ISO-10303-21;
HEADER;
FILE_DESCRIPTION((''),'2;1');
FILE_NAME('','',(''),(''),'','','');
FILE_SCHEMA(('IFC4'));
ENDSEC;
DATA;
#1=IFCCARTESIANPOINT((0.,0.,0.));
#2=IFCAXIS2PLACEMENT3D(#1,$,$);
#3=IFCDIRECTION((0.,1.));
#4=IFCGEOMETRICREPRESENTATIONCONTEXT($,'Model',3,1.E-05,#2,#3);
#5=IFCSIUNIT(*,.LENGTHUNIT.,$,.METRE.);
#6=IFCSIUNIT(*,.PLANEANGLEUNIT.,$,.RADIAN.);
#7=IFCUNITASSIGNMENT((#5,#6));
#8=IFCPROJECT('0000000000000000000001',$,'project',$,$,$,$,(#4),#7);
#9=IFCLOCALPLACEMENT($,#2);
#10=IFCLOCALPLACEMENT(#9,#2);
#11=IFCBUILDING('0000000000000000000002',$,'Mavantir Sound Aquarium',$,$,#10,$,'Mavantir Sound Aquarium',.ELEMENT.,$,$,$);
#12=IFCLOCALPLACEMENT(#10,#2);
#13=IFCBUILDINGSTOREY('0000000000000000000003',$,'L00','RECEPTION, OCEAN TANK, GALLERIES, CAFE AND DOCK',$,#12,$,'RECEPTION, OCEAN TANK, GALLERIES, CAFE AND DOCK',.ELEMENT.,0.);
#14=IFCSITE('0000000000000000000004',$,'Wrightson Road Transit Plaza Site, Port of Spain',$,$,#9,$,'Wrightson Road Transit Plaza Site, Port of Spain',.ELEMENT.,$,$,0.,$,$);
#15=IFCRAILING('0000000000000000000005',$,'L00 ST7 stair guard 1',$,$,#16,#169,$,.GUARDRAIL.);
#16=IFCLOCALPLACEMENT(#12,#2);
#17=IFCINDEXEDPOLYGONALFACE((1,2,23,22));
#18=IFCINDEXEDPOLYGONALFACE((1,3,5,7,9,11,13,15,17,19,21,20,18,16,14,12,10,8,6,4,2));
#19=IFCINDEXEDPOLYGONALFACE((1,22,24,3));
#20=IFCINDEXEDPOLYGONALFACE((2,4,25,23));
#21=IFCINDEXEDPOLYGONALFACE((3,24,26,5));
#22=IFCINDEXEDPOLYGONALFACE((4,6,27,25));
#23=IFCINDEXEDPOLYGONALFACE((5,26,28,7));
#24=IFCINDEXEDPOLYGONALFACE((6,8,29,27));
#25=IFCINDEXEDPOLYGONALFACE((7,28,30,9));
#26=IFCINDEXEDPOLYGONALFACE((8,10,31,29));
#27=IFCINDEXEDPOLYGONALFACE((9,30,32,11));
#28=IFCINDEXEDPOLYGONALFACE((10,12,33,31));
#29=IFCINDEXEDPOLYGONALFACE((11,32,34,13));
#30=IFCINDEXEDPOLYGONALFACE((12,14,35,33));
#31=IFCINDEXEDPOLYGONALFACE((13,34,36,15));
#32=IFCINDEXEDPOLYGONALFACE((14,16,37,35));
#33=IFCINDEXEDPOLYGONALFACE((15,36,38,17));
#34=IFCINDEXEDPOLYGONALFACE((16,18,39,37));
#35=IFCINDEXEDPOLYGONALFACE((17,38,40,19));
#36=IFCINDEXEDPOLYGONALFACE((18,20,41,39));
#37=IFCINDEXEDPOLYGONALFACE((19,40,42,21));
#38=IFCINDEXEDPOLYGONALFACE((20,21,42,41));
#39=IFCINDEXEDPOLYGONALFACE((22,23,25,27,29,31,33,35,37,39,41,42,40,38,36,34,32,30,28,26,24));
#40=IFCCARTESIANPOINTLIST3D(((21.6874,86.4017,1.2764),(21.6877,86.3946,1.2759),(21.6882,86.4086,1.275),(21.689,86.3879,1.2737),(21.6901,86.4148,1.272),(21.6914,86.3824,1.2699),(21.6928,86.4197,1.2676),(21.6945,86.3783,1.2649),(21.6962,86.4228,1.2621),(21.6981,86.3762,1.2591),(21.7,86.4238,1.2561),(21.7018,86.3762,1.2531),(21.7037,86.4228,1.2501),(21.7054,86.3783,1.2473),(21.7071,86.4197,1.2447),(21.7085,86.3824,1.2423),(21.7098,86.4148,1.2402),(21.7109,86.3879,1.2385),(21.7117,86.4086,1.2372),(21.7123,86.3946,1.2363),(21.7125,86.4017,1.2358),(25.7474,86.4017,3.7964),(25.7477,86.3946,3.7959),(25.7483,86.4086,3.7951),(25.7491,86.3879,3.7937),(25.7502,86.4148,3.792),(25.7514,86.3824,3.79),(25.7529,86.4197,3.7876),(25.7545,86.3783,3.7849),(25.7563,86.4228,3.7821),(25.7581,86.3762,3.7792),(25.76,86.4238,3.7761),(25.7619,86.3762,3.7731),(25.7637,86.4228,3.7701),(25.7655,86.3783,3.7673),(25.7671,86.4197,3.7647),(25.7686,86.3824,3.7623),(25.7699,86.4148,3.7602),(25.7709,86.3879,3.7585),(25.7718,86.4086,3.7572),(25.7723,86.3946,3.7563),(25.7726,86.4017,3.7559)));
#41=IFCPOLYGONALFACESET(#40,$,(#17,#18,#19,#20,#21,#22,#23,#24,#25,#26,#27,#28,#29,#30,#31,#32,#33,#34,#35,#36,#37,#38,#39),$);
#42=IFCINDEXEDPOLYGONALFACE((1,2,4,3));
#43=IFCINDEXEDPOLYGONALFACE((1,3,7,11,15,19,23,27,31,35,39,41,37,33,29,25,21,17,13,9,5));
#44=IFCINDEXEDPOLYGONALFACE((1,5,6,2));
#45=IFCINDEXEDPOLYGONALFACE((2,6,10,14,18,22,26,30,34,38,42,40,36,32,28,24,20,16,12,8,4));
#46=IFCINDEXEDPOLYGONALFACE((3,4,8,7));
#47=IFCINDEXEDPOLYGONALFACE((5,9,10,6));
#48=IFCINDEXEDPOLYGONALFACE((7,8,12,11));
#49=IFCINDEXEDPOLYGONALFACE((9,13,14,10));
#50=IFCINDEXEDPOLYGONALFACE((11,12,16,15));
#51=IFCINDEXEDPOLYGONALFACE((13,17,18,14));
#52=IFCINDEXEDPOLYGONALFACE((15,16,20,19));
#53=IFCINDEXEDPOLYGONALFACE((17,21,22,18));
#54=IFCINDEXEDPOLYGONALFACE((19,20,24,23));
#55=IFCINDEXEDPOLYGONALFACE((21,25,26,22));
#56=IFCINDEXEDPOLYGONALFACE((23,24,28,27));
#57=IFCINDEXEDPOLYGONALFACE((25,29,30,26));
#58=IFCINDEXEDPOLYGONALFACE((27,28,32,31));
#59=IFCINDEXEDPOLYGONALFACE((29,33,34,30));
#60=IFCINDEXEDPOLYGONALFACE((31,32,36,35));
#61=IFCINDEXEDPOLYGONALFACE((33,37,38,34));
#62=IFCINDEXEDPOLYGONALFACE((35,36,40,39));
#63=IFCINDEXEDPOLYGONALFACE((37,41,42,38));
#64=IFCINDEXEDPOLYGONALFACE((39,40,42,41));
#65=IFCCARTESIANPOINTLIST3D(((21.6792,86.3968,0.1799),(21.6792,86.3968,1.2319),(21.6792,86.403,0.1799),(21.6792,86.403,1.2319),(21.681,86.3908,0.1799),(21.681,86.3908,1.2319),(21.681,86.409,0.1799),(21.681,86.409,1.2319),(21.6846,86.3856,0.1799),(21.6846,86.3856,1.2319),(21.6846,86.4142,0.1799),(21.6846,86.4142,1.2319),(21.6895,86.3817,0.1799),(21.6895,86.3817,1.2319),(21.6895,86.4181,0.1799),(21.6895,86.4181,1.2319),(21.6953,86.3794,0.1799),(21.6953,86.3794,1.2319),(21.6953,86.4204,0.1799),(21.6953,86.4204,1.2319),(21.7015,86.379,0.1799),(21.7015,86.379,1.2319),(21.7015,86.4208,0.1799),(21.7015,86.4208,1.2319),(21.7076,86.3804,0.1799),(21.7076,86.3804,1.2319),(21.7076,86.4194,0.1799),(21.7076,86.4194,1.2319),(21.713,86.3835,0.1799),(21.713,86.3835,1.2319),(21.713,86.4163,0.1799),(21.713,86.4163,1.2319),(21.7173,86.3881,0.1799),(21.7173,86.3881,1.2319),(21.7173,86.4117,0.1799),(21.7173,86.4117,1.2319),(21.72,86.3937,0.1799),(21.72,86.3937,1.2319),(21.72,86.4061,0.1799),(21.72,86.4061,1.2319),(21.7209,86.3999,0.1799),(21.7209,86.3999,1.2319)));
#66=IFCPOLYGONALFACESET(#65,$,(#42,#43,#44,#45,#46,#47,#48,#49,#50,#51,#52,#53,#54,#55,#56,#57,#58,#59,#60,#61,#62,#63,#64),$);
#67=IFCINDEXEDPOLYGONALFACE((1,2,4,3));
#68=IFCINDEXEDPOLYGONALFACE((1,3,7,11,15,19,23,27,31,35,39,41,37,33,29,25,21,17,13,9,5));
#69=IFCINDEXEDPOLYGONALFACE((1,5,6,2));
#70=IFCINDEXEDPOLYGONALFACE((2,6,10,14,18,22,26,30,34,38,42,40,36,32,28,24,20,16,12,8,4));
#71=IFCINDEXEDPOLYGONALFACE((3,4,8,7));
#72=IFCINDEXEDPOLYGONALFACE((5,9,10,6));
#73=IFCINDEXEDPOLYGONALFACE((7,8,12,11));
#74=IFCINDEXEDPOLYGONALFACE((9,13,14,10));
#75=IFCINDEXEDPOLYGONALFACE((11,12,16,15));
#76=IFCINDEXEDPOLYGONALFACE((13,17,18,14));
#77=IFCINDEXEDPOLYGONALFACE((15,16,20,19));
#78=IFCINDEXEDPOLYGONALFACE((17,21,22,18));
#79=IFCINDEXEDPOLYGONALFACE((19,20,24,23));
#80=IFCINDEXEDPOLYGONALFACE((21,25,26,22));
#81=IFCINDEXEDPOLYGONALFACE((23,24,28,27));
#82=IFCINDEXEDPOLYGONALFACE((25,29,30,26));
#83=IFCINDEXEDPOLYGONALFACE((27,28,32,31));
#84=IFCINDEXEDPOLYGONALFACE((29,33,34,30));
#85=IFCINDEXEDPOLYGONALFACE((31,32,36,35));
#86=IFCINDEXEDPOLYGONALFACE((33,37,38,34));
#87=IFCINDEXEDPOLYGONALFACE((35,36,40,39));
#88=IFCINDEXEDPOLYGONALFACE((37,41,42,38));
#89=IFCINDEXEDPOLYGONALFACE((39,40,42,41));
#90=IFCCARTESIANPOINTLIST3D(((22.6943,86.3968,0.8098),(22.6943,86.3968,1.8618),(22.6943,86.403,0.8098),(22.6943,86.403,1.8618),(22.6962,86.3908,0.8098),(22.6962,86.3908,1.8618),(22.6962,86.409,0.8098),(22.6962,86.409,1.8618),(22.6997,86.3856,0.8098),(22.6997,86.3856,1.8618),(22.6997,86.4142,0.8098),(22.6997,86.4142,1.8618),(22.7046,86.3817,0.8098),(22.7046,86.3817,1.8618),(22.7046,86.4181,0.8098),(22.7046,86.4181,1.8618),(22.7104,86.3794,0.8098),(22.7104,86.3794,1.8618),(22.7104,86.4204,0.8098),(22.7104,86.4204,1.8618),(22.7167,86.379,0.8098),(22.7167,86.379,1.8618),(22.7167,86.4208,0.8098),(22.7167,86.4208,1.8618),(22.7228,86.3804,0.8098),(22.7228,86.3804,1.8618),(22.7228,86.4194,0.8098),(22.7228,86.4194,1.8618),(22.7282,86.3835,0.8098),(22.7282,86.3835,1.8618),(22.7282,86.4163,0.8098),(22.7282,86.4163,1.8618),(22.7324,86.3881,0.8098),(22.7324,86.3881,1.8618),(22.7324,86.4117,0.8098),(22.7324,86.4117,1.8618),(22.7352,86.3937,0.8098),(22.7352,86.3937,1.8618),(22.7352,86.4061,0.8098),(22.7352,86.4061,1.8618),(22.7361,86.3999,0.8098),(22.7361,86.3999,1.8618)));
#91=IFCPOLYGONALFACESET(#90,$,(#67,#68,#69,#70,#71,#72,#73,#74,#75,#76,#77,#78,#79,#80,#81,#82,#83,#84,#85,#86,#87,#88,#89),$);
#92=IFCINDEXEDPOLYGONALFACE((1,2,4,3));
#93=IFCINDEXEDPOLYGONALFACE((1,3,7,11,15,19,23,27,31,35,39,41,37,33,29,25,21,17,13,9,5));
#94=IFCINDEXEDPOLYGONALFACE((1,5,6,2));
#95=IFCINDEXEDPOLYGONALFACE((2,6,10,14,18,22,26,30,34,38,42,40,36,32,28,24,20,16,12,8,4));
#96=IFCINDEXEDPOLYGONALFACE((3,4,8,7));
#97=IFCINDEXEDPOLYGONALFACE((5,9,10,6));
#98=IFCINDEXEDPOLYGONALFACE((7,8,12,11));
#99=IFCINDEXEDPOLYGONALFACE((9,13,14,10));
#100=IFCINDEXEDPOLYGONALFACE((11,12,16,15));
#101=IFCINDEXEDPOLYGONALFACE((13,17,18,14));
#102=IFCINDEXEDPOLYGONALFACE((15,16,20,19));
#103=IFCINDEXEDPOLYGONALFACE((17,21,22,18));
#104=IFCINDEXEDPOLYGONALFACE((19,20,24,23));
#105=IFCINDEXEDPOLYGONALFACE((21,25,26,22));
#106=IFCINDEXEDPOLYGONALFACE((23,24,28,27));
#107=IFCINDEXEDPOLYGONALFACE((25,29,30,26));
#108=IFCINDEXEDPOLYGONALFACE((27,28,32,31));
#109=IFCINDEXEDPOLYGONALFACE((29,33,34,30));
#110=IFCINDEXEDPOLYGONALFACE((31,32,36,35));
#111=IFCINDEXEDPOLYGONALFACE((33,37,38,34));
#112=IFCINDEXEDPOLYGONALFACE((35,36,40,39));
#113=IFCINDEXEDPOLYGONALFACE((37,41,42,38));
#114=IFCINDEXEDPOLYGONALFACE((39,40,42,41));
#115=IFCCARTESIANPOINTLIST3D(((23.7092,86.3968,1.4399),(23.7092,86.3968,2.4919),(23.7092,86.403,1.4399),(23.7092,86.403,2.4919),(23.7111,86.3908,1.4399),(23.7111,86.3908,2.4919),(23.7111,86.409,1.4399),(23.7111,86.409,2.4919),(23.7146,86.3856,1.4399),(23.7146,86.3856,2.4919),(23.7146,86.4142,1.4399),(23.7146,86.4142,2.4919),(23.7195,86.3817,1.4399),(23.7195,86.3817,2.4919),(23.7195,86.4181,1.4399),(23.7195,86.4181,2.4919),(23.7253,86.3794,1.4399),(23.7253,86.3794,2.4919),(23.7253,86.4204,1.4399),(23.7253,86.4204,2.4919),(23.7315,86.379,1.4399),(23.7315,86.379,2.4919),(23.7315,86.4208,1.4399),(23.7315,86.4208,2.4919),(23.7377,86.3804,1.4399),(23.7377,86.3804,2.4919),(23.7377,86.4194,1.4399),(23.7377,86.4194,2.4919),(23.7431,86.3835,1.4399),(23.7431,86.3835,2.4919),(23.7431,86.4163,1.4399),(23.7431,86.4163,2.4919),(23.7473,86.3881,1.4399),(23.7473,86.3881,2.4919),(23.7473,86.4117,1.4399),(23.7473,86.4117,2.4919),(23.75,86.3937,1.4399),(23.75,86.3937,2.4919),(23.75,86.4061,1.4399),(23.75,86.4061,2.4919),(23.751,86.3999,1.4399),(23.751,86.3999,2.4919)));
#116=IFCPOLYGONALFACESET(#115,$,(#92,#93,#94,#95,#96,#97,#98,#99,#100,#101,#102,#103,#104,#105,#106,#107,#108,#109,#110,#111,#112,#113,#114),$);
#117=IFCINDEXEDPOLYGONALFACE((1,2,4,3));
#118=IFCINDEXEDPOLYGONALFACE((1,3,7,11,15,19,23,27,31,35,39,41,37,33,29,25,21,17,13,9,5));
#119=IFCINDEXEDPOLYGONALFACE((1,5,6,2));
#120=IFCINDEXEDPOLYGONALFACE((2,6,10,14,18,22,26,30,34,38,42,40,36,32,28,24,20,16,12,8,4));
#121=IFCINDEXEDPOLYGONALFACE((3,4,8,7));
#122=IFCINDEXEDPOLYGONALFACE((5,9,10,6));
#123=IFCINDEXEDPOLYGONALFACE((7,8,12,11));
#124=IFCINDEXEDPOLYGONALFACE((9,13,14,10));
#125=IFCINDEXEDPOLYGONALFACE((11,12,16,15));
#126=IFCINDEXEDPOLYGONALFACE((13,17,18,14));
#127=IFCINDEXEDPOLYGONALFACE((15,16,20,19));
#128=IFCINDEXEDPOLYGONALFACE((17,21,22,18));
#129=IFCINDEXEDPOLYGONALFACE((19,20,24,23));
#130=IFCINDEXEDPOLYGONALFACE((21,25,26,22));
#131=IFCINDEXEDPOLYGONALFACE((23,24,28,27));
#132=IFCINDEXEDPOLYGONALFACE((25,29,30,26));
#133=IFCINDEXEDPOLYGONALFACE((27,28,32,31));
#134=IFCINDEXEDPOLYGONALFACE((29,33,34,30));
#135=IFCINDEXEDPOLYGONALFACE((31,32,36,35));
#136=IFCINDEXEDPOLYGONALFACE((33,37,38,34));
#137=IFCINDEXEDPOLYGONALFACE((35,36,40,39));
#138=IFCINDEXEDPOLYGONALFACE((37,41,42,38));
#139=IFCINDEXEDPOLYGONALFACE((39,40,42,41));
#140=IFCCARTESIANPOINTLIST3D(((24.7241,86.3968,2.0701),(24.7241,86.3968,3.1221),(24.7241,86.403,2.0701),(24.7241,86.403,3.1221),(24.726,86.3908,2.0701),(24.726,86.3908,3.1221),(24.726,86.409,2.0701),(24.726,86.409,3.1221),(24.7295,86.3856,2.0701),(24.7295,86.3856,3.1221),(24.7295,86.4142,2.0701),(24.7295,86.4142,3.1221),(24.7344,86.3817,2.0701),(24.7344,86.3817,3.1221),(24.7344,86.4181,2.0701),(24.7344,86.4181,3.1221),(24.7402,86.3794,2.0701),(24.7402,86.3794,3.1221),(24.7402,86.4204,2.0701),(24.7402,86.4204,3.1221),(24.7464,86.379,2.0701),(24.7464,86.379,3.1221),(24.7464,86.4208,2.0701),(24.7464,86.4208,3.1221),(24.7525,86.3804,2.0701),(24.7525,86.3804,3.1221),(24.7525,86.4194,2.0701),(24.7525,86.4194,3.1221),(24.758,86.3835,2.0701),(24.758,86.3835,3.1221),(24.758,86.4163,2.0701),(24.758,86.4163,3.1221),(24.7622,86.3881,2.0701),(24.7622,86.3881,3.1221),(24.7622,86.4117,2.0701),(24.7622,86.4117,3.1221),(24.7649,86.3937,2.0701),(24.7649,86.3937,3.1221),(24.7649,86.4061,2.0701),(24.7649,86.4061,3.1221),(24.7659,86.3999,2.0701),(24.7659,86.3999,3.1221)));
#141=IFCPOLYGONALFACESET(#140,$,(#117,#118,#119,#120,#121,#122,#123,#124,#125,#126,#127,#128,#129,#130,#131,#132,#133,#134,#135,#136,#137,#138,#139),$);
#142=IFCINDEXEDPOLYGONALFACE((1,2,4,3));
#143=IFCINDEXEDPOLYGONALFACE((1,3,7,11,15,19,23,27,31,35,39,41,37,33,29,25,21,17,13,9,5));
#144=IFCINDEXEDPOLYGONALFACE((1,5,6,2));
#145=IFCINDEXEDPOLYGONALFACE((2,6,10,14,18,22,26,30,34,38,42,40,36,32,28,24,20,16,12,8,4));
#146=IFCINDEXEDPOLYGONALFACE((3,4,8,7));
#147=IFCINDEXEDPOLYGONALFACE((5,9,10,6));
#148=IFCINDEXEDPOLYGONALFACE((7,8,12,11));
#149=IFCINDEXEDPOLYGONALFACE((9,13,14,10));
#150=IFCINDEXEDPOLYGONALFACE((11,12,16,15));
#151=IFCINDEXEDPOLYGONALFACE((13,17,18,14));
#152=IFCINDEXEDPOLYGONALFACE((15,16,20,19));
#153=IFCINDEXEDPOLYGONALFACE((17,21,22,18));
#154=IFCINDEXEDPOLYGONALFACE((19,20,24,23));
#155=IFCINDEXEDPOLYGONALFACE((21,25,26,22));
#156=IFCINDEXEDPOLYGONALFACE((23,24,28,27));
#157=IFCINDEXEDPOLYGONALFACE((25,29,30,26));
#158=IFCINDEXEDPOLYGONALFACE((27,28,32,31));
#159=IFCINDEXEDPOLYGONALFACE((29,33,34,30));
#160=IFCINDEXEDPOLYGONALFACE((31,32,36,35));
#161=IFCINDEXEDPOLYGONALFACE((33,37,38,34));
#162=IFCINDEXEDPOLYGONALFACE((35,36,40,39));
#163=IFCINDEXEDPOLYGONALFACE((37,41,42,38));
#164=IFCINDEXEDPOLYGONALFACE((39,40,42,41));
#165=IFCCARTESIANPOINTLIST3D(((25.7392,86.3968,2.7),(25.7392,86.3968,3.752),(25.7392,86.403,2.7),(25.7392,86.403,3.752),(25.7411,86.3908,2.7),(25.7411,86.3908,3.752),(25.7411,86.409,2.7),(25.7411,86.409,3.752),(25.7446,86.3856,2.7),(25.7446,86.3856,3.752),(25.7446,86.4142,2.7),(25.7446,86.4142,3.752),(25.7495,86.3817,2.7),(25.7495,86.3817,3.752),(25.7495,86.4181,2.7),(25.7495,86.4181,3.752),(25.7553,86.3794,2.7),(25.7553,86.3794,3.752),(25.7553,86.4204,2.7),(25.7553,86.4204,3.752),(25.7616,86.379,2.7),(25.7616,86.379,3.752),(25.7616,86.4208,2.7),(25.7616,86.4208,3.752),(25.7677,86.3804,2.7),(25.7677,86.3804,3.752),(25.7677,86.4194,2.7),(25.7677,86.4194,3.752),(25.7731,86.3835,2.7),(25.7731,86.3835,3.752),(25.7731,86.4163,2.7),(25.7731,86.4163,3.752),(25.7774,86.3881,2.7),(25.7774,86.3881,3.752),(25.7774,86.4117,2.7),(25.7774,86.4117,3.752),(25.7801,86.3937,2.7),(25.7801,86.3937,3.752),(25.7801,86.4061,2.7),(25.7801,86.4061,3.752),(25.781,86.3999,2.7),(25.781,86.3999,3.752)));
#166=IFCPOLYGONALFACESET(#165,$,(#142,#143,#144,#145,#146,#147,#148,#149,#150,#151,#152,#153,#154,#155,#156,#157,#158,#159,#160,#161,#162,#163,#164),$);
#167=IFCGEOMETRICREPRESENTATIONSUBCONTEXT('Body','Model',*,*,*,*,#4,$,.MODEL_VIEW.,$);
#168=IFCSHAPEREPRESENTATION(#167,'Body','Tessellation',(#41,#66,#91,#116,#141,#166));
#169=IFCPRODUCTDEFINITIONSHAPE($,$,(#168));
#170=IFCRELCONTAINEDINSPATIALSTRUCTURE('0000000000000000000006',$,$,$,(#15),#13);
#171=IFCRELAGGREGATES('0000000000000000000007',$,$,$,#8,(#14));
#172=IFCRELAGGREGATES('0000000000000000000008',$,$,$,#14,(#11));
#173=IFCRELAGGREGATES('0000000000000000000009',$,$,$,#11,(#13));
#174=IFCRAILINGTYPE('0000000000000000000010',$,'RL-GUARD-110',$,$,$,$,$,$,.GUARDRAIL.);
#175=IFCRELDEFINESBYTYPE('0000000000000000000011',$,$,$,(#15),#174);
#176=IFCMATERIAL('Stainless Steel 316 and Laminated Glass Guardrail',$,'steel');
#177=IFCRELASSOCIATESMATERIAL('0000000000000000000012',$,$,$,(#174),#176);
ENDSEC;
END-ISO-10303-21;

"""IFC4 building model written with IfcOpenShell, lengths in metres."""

from ifc_helpers import new_model, si_unit, direction, frame, origin, origin_2d, place, context, subcontext, project, spatial, circle, extrude, material, type_object, element, save


model = new_model("IFC4")

# Units and contexts
model_context = context("Model", 3, precision=1e-05, world=origin(), true_north=direction((0.0, 1.0)))
body_context = subcontext(model_context, "Body", "Model", "MODEL_VIEW")
ifc_project = project(units=[si_unit("LENGTHUNIT", "METRE"), si_unit("PLANEANGLEUNIT", "RADIAN")], contexts=[model_context])

# Site, building, storey
site_placement = place(None, origin())
site = spatial("IfcSite", under=ifc_project, at=site_placement, Name="Wrightson Road Transit Plaza Site, Port of Spain", LongName="Wrightson Road Transit Plaza Site, Port of Spain", CompositionType="ELEMENT", RefElevation=0.0)
building_placement = place(site_placement, origin())
building = spatial("IfcBuilding", under=site, at=building_placement, Name="Mavantir Sound Aquarium", LongName="Mavantir Sound Aquarium", CompositionType="ELEMENT")
storey_placement = place(building_placement, origin())
storey = spatial("IfcBuildingStorey", under=building, at=storey_placement, Name="L00", Description="RECEPTION, OCEAN TANK, GALLERIES, CAFE AND DOCK", LongName="RECEPTION, OCEAN TANK, GALLERIES, CAFE AND DOCK", CompositionType="ELEMENT", Elevation=0.0)

# Railing
ifc_material_1 = material(Name="Stainless Steel 316 and Laminated Glass Guardrail", Category="steel")
railing_type_1 = type_object("IfcRailingType", Name="RL-GUARD-110", PredefinedType="GUARDRAIL", material=ifc_material_1)
railing_1_placement = place(storey_placement, frame((21.7, 86.3999, 0.1799)))
element("IfcRailing", 1, at=railing_1_placement, inside=storey, type_object=railing_type_1, Name="L00 ST7 stair guard 1", PredefinedType="GUARDRAIL", context=body_context, shape_type="SweptSolid", body=[
    extrude(circle(Radius=0.0239, at=origin_2d()), frame((0.0, 0.0, 1.0762), z_axis=(0.849642, 0.0, 0.52736), x_axis=(0.0, 1.0, 0.0)), (0.0, 0.0, 1.0), 4.7786),
    extrude(circle(Radius=0.021, at=origin_2d()), origin(), (0.0, 0.0, 1.0), 1.052),
    extrude(circle(Radius=0.021, at=origin_2d()), frame((1.0151, 0.0, 0.6299)), (0.0, 0.0, 1.0), 1.052),
    extrude(circle(Radius=0.021, at=origin_2d()), frame((2.03, 0.0, 1.26)), (0.0, 0.0, 1.0), 1.052),
    extrude(circle(Radius=0.021, at=origin_2d()), frame((3.0449, 0.0, 1.8901)), (0.0, 0.0, 1.0), 1.052),
    extrude(circle(Radius=0.021, at=origin_2d()), frame((4.0601, 0.0, 2.52)), (0.0, 0.0, 1.0), 1.052),
])

save(model, "model.ifc")
